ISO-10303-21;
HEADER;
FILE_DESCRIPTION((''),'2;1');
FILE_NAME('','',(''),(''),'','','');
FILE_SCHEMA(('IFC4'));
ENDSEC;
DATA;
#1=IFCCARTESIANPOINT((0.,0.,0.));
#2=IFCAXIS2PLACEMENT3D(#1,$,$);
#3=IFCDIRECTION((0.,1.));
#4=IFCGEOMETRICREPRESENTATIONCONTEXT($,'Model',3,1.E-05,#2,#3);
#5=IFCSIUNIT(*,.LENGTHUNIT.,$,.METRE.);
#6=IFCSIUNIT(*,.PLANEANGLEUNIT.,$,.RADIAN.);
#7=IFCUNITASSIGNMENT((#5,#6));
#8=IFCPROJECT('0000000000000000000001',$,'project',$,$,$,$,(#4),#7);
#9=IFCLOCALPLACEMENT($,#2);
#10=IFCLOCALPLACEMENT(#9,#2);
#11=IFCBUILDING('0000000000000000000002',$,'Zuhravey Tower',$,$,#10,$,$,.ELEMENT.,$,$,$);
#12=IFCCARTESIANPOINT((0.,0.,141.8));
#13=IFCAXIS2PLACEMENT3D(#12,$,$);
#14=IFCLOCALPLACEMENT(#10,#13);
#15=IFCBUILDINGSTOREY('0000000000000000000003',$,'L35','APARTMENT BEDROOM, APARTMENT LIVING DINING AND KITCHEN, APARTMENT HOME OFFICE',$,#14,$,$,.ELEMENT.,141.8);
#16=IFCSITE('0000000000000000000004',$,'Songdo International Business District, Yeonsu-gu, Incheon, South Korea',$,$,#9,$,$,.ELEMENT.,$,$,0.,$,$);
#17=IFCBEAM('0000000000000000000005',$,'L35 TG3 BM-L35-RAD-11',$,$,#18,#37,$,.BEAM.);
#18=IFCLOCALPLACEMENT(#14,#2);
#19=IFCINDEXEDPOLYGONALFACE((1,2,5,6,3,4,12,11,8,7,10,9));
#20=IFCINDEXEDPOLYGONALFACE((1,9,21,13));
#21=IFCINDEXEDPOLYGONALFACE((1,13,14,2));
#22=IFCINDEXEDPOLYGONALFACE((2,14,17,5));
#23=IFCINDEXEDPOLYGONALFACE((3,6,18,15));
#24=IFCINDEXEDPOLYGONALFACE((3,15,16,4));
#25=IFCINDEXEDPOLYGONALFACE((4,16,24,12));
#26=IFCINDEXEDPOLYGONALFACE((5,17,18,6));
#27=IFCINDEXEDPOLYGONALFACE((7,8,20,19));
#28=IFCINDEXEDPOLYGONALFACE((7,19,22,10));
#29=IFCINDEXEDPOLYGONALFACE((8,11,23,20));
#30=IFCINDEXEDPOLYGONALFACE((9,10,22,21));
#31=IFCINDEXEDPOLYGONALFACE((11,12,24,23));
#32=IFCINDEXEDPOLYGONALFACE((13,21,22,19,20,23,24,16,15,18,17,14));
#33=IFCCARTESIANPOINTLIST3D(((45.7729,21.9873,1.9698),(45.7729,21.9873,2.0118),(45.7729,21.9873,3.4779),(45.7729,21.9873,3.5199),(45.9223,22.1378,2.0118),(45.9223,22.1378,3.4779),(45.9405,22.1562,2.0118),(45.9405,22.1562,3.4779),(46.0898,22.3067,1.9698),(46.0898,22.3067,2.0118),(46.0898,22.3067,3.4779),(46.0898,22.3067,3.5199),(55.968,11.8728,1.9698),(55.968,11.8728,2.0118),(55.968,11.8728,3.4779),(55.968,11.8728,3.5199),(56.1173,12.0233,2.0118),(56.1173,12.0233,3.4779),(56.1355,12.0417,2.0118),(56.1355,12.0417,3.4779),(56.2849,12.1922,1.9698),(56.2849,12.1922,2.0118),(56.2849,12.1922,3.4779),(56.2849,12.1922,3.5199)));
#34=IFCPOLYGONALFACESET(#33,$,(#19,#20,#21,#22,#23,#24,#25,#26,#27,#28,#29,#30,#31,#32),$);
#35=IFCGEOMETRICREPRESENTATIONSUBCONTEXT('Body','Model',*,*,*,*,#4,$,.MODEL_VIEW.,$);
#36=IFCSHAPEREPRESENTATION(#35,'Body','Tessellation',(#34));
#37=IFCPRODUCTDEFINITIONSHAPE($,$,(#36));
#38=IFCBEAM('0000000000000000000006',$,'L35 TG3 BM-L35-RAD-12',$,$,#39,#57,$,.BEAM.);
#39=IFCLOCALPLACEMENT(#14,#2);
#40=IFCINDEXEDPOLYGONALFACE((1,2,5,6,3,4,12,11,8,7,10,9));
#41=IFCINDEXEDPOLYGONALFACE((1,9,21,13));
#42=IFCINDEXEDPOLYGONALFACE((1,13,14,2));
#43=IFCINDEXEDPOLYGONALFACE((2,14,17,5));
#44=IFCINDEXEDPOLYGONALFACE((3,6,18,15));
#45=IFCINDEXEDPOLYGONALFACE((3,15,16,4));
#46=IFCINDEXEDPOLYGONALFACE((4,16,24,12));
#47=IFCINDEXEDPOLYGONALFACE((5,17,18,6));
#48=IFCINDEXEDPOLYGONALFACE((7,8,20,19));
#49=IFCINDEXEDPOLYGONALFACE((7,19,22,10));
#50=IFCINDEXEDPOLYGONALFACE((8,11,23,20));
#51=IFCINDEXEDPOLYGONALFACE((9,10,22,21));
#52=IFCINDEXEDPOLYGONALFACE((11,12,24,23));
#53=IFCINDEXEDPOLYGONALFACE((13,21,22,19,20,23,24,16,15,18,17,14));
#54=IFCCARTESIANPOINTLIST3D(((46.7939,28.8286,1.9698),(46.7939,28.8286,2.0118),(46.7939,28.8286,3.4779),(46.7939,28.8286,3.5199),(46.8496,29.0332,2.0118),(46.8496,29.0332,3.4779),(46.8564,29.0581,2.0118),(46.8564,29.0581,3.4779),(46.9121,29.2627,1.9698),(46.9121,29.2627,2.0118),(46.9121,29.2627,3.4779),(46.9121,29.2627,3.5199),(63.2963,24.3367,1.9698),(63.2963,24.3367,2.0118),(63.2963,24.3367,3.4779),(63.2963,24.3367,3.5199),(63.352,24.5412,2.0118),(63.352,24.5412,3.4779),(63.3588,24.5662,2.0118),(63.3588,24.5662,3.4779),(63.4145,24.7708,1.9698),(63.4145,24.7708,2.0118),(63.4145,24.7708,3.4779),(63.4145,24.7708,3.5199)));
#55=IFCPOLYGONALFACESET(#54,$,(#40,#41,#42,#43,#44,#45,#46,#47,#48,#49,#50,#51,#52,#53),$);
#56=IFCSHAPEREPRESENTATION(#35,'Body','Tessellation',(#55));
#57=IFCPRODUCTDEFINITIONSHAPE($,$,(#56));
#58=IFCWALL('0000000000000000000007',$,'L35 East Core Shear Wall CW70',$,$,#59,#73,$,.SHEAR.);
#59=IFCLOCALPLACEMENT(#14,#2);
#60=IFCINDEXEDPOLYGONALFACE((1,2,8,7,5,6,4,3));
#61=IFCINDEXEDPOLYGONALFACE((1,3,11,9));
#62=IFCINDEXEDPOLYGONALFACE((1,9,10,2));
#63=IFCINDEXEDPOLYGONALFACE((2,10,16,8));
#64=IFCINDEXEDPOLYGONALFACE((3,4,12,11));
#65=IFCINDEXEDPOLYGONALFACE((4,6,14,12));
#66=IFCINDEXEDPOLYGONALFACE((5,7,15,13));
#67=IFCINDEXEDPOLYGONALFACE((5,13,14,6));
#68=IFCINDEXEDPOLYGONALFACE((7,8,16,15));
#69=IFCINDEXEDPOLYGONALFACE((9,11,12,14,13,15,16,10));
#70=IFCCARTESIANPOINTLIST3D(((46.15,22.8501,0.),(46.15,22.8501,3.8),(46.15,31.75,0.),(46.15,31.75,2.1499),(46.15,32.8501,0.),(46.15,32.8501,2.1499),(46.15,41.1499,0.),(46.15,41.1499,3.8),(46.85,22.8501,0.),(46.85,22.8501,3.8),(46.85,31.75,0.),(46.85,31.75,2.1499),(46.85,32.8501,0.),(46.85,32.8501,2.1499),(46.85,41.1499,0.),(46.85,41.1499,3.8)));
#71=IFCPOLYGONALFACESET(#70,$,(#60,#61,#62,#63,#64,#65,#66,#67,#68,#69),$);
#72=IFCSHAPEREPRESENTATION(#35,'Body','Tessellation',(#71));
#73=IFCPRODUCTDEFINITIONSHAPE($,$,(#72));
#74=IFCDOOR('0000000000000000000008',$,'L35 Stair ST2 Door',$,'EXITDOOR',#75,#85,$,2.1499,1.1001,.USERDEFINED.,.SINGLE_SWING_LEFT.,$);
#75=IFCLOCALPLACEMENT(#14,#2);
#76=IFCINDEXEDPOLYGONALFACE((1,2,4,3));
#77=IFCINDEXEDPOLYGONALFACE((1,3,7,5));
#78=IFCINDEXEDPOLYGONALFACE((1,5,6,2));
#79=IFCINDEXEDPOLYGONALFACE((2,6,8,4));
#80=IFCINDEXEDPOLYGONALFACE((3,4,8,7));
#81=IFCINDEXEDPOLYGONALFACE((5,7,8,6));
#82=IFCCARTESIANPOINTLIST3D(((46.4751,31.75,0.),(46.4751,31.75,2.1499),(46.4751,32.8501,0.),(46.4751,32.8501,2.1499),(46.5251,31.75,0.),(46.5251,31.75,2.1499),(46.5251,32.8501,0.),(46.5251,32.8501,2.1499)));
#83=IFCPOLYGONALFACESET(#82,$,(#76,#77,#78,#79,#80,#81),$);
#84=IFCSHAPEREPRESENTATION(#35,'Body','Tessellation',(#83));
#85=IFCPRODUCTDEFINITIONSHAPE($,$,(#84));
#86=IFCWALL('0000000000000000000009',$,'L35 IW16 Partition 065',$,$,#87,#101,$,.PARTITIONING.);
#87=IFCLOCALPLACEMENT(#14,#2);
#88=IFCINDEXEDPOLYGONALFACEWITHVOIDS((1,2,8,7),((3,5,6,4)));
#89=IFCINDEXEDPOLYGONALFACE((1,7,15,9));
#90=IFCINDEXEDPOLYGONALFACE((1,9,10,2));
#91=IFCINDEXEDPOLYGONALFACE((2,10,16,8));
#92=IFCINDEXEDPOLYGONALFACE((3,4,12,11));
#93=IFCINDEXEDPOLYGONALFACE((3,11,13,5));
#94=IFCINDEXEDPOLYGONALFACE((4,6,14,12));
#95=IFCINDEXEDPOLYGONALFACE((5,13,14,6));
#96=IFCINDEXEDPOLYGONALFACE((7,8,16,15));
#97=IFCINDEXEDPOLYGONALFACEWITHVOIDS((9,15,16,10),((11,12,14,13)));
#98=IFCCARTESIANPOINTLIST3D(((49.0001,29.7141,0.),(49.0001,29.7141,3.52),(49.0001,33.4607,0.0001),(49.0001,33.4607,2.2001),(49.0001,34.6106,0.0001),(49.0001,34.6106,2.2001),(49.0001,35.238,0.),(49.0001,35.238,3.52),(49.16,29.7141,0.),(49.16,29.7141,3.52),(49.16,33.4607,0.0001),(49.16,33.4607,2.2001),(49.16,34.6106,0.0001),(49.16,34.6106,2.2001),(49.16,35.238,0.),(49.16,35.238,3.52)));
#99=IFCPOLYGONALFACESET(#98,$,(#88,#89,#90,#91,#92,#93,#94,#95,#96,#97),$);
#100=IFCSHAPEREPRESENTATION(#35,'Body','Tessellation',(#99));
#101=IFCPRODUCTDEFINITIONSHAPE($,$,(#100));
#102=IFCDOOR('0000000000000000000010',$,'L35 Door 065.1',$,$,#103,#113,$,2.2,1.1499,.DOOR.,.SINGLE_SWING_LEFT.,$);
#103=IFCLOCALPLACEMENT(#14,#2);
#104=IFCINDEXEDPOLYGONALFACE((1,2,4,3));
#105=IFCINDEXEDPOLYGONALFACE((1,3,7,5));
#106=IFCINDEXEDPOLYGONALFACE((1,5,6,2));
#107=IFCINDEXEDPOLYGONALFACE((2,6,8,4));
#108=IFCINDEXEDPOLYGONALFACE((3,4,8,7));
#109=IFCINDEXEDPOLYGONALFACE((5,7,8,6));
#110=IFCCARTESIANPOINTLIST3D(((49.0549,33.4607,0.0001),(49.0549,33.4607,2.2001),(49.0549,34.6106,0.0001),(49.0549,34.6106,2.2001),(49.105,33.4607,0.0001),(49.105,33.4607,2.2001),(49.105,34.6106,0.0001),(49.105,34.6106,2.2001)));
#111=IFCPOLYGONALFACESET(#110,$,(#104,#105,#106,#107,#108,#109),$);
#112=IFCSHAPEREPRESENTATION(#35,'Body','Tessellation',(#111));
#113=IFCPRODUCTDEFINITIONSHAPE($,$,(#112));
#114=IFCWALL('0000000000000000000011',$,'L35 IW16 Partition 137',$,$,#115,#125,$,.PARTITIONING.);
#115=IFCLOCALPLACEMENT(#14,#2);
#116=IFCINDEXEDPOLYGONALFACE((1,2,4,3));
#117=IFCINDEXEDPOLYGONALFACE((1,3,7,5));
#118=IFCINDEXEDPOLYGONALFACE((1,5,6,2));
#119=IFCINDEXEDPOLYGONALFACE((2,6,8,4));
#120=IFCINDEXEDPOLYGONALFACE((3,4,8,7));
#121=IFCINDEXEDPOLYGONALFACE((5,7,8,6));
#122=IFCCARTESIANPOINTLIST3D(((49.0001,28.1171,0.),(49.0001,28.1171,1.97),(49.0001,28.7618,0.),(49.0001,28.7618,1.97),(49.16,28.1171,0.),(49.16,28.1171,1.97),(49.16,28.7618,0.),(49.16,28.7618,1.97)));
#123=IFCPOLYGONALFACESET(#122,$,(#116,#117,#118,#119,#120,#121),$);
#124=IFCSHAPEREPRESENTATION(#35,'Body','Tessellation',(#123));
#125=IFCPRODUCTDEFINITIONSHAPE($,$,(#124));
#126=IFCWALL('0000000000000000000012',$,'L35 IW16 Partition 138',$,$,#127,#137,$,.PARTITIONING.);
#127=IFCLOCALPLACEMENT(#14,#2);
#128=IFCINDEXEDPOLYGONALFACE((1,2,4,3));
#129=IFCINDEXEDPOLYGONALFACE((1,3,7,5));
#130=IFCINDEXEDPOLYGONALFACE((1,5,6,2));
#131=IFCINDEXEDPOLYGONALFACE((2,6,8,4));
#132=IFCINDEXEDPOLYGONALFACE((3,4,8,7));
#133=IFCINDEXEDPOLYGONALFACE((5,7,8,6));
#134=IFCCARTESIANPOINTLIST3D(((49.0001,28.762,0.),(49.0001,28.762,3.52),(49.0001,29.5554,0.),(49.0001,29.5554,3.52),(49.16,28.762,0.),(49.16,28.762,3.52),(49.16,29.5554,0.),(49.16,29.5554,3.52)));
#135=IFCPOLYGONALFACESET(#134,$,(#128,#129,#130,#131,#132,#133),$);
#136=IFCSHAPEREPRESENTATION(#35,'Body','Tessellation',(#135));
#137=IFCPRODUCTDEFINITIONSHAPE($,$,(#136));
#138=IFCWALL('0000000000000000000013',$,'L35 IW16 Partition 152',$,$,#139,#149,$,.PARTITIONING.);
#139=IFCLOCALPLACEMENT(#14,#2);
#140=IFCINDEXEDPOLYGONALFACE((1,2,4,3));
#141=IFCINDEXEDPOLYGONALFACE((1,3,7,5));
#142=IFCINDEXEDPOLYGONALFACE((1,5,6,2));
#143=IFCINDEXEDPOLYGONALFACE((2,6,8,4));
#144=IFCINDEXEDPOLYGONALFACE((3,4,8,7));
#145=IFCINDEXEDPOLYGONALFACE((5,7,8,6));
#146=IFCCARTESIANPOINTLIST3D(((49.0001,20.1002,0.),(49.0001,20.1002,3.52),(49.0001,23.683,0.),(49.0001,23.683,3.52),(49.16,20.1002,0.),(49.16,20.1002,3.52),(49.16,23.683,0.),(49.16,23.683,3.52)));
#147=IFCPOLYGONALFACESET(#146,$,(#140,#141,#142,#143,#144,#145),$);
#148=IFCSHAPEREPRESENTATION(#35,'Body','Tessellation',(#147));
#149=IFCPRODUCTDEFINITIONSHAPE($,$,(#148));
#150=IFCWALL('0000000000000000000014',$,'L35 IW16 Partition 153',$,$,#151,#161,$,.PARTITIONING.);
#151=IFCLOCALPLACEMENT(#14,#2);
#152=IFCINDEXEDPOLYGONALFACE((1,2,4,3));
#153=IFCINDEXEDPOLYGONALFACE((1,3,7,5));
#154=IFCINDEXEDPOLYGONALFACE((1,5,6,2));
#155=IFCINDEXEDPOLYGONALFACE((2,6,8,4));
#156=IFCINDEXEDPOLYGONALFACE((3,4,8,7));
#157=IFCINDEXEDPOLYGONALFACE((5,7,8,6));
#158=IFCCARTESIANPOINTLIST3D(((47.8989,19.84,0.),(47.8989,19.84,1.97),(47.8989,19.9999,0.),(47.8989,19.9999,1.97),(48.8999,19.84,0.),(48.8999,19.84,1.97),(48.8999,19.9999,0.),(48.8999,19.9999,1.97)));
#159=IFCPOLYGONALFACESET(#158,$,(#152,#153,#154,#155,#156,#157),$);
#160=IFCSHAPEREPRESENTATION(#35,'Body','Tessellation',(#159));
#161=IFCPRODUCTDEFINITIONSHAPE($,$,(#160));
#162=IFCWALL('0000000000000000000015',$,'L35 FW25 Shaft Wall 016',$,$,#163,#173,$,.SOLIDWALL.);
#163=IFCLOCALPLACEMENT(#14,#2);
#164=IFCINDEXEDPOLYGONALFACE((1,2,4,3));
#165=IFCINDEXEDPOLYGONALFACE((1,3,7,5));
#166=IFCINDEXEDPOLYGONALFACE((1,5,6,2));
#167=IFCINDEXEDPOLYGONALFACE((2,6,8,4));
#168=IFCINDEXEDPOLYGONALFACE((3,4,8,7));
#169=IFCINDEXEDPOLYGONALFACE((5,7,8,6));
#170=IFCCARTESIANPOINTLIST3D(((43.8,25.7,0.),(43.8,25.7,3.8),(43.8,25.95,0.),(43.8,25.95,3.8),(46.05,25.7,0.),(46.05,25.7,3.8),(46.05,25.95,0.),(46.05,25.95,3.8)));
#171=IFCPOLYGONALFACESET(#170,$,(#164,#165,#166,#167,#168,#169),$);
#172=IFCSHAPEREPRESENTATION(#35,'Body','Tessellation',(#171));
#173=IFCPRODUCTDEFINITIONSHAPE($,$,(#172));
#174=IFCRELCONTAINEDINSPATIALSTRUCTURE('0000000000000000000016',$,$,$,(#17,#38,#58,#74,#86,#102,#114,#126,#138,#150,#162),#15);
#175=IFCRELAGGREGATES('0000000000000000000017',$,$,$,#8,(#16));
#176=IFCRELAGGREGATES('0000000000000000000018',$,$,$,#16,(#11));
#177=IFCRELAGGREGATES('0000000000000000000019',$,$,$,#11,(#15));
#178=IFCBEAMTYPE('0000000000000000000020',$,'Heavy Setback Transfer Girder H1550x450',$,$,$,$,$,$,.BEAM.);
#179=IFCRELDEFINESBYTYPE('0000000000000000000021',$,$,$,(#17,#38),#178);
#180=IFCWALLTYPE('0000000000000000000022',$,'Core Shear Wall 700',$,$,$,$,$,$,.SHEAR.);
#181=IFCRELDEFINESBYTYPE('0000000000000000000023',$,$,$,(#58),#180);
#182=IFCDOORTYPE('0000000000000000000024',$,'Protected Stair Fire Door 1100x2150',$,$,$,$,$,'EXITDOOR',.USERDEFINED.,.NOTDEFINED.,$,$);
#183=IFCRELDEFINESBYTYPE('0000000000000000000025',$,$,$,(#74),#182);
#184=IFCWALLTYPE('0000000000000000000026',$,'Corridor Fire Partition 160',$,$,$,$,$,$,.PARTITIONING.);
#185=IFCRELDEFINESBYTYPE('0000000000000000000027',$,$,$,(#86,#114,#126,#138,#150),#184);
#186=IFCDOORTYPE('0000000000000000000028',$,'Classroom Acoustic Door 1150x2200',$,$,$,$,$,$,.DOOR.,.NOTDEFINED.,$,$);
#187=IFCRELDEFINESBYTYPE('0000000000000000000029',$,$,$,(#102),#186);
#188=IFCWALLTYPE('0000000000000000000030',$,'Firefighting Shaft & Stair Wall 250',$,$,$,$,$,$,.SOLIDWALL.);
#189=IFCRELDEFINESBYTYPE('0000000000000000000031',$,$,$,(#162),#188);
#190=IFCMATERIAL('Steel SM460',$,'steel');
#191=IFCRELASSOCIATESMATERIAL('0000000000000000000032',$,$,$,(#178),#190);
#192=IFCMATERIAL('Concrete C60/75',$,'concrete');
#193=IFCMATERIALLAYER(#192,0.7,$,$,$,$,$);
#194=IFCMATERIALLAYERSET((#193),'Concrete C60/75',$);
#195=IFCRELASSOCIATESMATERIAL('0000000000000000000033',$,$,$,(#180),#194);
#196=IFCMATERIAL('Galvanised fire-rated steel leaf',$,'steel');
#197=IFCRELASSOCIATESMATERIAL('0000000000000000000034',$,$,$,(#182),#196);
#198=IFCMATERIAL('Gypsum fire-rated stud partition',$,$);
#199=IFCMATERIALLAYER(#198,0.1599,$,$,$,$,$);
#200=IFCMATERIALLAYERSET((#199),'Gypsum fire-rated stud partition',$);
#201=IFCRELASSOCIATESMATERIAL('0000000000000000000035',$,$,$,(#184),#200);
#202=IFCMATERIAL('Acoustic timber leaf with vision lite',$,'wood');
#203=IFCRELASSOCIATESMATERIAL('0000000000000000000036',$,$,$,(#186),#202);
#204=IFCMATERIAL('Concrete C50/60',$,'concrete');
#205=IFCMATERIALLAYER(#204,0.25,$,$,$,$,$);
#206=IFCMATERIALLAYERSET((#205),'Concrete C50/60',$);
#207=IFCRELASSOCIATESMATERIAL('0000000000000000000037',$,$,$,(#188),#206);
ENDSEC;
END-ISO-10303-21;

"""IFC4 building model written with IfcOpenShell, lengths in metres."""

from ifc_helpers import new_model, si_unit, direction, frame, frame_2d, origin, origin_2d, place, context, subcontext, project, spatial, rectangle, i_section, extrude, material, layer, layer_set, material_profile, profile_set, type_object, element, fill, save


model = new_model("IFC4")

# Units and contexts
model_context = context("Model", 3, precision=1e-05, world=origin(), true_north=direction((0.0, 1.0)))
body_context = subcontext(model_context, "Body", "Model", "MODEL_VIEW")
ifc_project = project(units=[si_unit("LENGTHUNIT", "METRE"), si_unit("PLANEANGLEUNIT", "RADIAN")], contexts=[model_context])

# Site, building, storey
site_placement = place(None, origin())
site = spatial("IfcSite", under=ifc_project, at=site_placement, Name="Songdo International Business District, Yeonsu-gu, Incheon, South Korea", CompositionType="ELEMENT", RefElevation=0.0)
building_placement = place(site_placement, origin())
building = spatial("IfcBuilding", under=site, at=building_placement, Name="Zuhravey Tower", CompositionType="ELEMENT")
storey_placement = place(building_placement, frame((0.0, 0.0, 141.8)))
storey = spatial("IfcBuildingStorey", under=building, at=storey_placement, Name="L35", Description="APARTMENT BEDROOM, APARTMENT LIVING DINING AND KITCHEN, APARTMENT HOME OFFICE", CompositionType="ELEMENT", Elevation=141.8)

# Beams
ifc_material_1 = material(Name="Steel SM460", Category="steel")
ifc_material_profile = material_profile(ifc_material_1, i_section(OverallWidth=0.45, OverallDepth=1.55, WebThickness=0.0259, FlangeThickness=0.042, at=origin_2d()), Name="H-1550x450x26x42")
ifc_profile_set = profile_set([ifc_material_profile], Name="Steel SM460")
beam_type = type_object("IfcBeamType", Name="Heavy Setback Transfer Girder H1550x450", PredefinedType="BEAM", material=ifc_profile_set)
beam_1_placement = place(storey_placement, frame((45.9314, 22.147, 2.7449), z_axis=(0.709906, -0.704296, 0.0), x_axis=(0.704296, 0.709906, 0.0)))
element("IfcBeam", 1, at=beam_1_placement, inside=storey, type_object=beam_type, Name="L35 TG3 BM-L35-RAD-11", PredefinedType="BEAM", context=body_context, shape_type="SweptSolid", body=[
    extrude(i_section(OverallWidth=0.45, OverallDepth=1.55, WebThickness=0.0259, FlangeThickness=0.042, at=origin_2d()), origin(), (0.0, 0.0, 1.0), 14.3611),
])
beam_2_placement = place(storey_placement, frame((46.853, 29.0457, 2.7449), z_axis=(0.964893, -0.262643, 0.0), x_axis=(0.262643, 0.964893, 0.0)))
element("IfcBeam", 2, at=beam_2_placement, inside=storey, type_object=beam_type, Name="L35 TG3 BM-L35-RAD-12", PredefinedType="BEAM", context=body_context, shape_type="SweptSolid", body=[
    extrude(i_section(OverallWidth=0.45, OverallDepth=1.55, WebThickness=0.0259, FlangeThickness=0.042, at=origin_2d()), origin(), (0.0, 0.0, 1.0), 17.1028),
])

# Walls, openings, doors
ifc_material_2 = material(Name="Concrete C60/75", Category="concrete")
ifc_layer_1 = layer(ifc_material_2, 0.7)
ifc_layer_set_1 = layer_set([ifc_layer_1], Name="Concrete C60/75")
wall_type_1 = type_object("IfcWallType", Name="Core Shear Wall 700", PredefinedType="SHEAR", material=ifc_layer_set_1)
wall_1_placement = place(storey_placement, frame((46.5, 22.8501, 0.0), z_axis=(0.0, 0.0, 1.0), x_axis=(0.0, 1.0, 0.0)))
wall_1 = element("IfcWall", 3, at=wall_1_placement, inside=storey, type_object=wall_type_1, Name="L35 East Core Shear Wall CW70", PredefinedType="SHEAR", context=body_context, shape_type="SweptSolid", body=[
    extrude(rectangle(XDim=18.2998, YDim=0.7, at=frame_2d((9.1499, 0.0))), origin(), (0.0, 0.0, 1.0), 3.8),
])
opening_1_placement = place(wall_1_placement, frame((8.8999, 0.0, 0.0)))
opening_1 = element("IfcOpeningElement", 4, at=opening_1_placement, cuts=wall_1, PredefinedType="OPENING", context=body_context, shape_type="SweptSolid", body=[
    extrude(rectangle(XDim=1.1001, YDim=2.1499, at=frame_2d((0.55, 1.075))), frame((0.0, 0.3621, 0.0), z_axis=(0.0, -1.0, 0.0), x_axis=(1.0, 0.0, 0.0)), (0.0, 0.0, 1.0), 0.7239),
])
ifc_material_3 = material(Name="Galvanised fire-rated steel leaf", Category="steel")
door_type_1 = type_object("IfcDoorType", Name="Protected Stair Fire Door 1100x2150", ElementType="EXITDOOR", OperationType="NOTDEFINED", PredefinedType="USERDEFINED", material=ifc_material_3)
door_1_placement = place(opening_1_placement, origin())
door_1 = element("IfcDoor", 5, at=door_1_placement, inside=storey, type_object=door_type_1, Name="L35 Stair ST2 Door", ObjectType="EXITDOOR", OperationType="SINGLE_SWING_LEFT", OverallHeight=2.1499, OverallWidth=1.1001, PredefinedType="USERDEFINED", context=body_context, shape_type="SweptSolid", body=[
    extrude(rectangle(XDim=1.1001, YDim=2.1499, at=frame_2d((0.55, 1.075))), frame((0.0, 0.0249, 0.0), z_axis=(0.0, -1.0, 0.0), x_axis=(1.0, 0.0, 0.0)), (0.0, 0.0, 1.0), 0.05),
])
fill(opening_1, door_1)
ifc_material_4 = material(Name="Gypsum fire-rated stud partition")
ifc_layer_2 = layer(ifc_material_4, 0.1599)
ifc_layer_set_2 = layer_set([ifc_layer_2], Name="Gypsum fire-rated stud partition")
wall_type_2 = type_object("IfcWallType", Name="Corridor Fire Partition 160", PredefinedType="PARTITIONING", material=ifc_layer_set_2)
wall_2_placement = place(storey_placement, frame((49.0801, 29.7141, 0.0), z_axis=(0.0, 0.0, 1.0), x_axis=(0.0, 1.0, 0.0)))
wall_2 = element("IfcWall", 6, at=wall_2_placement, inside=storey, type_object=wall_type_2, Name="L35 IW16 Partition 065", PredefinedType="PARTITIONING", context=body_context, shape_type="SweptSolid", body=[
    extrude(rectangle(XDim=5.5239, YDim=0.1599, at=frame_2d((2.762, 0.0))), origin(), (0.0, 0.0, 1.0), 3.52),
])
opening_2_placement = place(wall_2_placement, frame((3.7466, 0.0, 0.0)))
opening_2 = element("IfcOpeningElement", 7, at=opening_2_placement, cuts=wall_2, PredefinedType="OPENING", context=body_context, shape_type="SweptSolid", body=[
    extrude(rectangle(XDim=1.1499, YDim=2.2, at=frame_2d((0.575, 1.1001))), frame((0.0, 0.092, 0.0), z_axis=(0.0, -1.0, 0.0), x_axis=(1.0, 0.0, 0.0)), (0.0, 0.0, 1.0), 0.1838),
])
ifc_material_5 = material(Name="Acoustic timber leaf with vision lite", Category="wood")
door_type_2 = type_object("IfcDoorType", Name="Classroom Acoustic Door 1150x2200", OperationType="NOTDEFINED", PredefinedType="DOOR", material=ifc_material_5)
door_2_placement = place(opening_2_placement, frame((1.1499, 0.0, 0.0), z_axis=(0.0, 0.0, 1.0), x_axis=(-1.0, 0.0, 0.0)))
door_2 = element("IfcDoor", 8, at=door_2_placement, inside=storey, type_object=door_type_2, Name="L35 Door 065.1", OperationType="SINGLE_SWING_LEFT", OverallHeight=2.2, OverallWidth=1.1499, PredefinedType="DOOR", context=body_context, shape_type="SweptSolid", body=[
    extrude(rectangle(XDim=1.1499, YDim=2.2, at=frame_2d((0.575, 1.1001))), frame((0.0, 0.0249, 0.0), z_axis=(0.0, -1.0, 0.0), x_axis=(1.0, 0.0, 0.0)), (0.0, 0.0, 1.0), 0.05),
])
fill(opening_2, door_2)

# Walls
wall_3_placement = place(storey_placement, frame((49.0801, 28.1172, 0.0), z_axis=(0.0, 0.0, 1.0), x_axis=(0.0, 1.0, 0.0)))
element("IfcWall", 9, at=wall_3_placement, inside=storey, type_object=wall_type_2, Name="L35 IW16 Partition 137", PredefinedType="PARTITIONING", context=body_context, shape_type="SweptSolid", body=[
    extrude(rectangle(XDim=0.6448, YDim=0.1599, at=frame_2d((0.3223, 0.0))), origin(), (0.0, 0.0, 1.0), 1.97),
])
wall_4_placement = place(storey_placement, frame((49.0801, 28.762, 0.0), z_axis=(0.0, 0.0, 1.0), x_axis=(0.0, 1.0, 0.0)))
element("IfcWall", 10, at=wall_4_placement, inside=storey, type_object=wall_type_2, Name="L35 IW16 Partition 138", PredefinedType="PARTITIONING", context=body_context, shape_type="SweptSolid", body=[
    extrude(rectangle(XDim=0.7935, YDim=0.1599, at=frame_2d((0.3967, 0.0))), origin(), (0.0, 0.0, 1.0), 3.52),
])
wall_5_placement = place(storey_placement, frame((49.0801, 20.1001, 0.0), z_axis=(0.0, 0.0, 1.0), x_axis=(0.0, 1.0, 0.0)))
element("IfcWall", 11, at=wall_5_placement, inside=storey, type_object=wall_type_2, Name="L35 IW16 Partition 152", PredefinedType="PARTITIONING", context=body_context, shape_type="SweptSolid", body=[
    extrude(rectangle(XDim=3.5828, YDim=0.1599, at=frame_2d((1.7915, 0.0))), origin(), (0.0, 0.0, 1.0), 3.52),
])
wall_6_placement = place(storey_placement, frame((47.8989, 19.9199, 0.0), z_axis=(0.0, 0.0, 1.0), x_axis=(1.0, 0.0, 0.0)))
element("IfcWall", 12, at=wall_6_placement, inside=storey, type_object=wall_type_2, Name="L35 IW16 Partition 153", PredefinedType="PARTITIONING", context=body_context, shape_type="SweptSolid", body=[
    extrude(rectangle(XDim=1.001, YDim=0.1599, at=frame_2d((0.5005, 0.0))), origin(), (0.0, 0.0, 1.0), 1.97),
])
ifc_material_6 = material(Name="Concrete C50/60", Category="concrete")
ifc_layer_3 = layer(ifc_material_6, 0.25)
ifc_layer_set_3 = layer_set([ifc_layer_3], Name="Concrete C50/60")
wall_type_3 = type_object("IfcWallType", Name="Firefighting Shaft & Stair Wall 250", PredefinedType="SOLIDWALL", material=ifc_layer_set_3)
for number, where, z_axis, x_axis, name in (
    (13, (43.8, 25.825, 0.0), (0.0, 0.0, 1.0), (1.0, 0.0, 0.0), "L35 FW25 Shaft Wall 016"),
):
    element("IfcWall", number, at=place(storey_placement, frame(where, z_axis=z_axis, x_axis=x_axis)), inside=storey, type_object=wall_type_3, Name=name, PredefinedType="SOLIDWALL", context=body_context, shape_type="SweptSolid", body=[
        extrude(rectangle(XDim=2.25, YDim=0.25, at=frame_2d((1.125, 0.0))), origin(), (0.0, 0.0, 1.0), 3.8),
    ])

save(model, "model.ifc")
